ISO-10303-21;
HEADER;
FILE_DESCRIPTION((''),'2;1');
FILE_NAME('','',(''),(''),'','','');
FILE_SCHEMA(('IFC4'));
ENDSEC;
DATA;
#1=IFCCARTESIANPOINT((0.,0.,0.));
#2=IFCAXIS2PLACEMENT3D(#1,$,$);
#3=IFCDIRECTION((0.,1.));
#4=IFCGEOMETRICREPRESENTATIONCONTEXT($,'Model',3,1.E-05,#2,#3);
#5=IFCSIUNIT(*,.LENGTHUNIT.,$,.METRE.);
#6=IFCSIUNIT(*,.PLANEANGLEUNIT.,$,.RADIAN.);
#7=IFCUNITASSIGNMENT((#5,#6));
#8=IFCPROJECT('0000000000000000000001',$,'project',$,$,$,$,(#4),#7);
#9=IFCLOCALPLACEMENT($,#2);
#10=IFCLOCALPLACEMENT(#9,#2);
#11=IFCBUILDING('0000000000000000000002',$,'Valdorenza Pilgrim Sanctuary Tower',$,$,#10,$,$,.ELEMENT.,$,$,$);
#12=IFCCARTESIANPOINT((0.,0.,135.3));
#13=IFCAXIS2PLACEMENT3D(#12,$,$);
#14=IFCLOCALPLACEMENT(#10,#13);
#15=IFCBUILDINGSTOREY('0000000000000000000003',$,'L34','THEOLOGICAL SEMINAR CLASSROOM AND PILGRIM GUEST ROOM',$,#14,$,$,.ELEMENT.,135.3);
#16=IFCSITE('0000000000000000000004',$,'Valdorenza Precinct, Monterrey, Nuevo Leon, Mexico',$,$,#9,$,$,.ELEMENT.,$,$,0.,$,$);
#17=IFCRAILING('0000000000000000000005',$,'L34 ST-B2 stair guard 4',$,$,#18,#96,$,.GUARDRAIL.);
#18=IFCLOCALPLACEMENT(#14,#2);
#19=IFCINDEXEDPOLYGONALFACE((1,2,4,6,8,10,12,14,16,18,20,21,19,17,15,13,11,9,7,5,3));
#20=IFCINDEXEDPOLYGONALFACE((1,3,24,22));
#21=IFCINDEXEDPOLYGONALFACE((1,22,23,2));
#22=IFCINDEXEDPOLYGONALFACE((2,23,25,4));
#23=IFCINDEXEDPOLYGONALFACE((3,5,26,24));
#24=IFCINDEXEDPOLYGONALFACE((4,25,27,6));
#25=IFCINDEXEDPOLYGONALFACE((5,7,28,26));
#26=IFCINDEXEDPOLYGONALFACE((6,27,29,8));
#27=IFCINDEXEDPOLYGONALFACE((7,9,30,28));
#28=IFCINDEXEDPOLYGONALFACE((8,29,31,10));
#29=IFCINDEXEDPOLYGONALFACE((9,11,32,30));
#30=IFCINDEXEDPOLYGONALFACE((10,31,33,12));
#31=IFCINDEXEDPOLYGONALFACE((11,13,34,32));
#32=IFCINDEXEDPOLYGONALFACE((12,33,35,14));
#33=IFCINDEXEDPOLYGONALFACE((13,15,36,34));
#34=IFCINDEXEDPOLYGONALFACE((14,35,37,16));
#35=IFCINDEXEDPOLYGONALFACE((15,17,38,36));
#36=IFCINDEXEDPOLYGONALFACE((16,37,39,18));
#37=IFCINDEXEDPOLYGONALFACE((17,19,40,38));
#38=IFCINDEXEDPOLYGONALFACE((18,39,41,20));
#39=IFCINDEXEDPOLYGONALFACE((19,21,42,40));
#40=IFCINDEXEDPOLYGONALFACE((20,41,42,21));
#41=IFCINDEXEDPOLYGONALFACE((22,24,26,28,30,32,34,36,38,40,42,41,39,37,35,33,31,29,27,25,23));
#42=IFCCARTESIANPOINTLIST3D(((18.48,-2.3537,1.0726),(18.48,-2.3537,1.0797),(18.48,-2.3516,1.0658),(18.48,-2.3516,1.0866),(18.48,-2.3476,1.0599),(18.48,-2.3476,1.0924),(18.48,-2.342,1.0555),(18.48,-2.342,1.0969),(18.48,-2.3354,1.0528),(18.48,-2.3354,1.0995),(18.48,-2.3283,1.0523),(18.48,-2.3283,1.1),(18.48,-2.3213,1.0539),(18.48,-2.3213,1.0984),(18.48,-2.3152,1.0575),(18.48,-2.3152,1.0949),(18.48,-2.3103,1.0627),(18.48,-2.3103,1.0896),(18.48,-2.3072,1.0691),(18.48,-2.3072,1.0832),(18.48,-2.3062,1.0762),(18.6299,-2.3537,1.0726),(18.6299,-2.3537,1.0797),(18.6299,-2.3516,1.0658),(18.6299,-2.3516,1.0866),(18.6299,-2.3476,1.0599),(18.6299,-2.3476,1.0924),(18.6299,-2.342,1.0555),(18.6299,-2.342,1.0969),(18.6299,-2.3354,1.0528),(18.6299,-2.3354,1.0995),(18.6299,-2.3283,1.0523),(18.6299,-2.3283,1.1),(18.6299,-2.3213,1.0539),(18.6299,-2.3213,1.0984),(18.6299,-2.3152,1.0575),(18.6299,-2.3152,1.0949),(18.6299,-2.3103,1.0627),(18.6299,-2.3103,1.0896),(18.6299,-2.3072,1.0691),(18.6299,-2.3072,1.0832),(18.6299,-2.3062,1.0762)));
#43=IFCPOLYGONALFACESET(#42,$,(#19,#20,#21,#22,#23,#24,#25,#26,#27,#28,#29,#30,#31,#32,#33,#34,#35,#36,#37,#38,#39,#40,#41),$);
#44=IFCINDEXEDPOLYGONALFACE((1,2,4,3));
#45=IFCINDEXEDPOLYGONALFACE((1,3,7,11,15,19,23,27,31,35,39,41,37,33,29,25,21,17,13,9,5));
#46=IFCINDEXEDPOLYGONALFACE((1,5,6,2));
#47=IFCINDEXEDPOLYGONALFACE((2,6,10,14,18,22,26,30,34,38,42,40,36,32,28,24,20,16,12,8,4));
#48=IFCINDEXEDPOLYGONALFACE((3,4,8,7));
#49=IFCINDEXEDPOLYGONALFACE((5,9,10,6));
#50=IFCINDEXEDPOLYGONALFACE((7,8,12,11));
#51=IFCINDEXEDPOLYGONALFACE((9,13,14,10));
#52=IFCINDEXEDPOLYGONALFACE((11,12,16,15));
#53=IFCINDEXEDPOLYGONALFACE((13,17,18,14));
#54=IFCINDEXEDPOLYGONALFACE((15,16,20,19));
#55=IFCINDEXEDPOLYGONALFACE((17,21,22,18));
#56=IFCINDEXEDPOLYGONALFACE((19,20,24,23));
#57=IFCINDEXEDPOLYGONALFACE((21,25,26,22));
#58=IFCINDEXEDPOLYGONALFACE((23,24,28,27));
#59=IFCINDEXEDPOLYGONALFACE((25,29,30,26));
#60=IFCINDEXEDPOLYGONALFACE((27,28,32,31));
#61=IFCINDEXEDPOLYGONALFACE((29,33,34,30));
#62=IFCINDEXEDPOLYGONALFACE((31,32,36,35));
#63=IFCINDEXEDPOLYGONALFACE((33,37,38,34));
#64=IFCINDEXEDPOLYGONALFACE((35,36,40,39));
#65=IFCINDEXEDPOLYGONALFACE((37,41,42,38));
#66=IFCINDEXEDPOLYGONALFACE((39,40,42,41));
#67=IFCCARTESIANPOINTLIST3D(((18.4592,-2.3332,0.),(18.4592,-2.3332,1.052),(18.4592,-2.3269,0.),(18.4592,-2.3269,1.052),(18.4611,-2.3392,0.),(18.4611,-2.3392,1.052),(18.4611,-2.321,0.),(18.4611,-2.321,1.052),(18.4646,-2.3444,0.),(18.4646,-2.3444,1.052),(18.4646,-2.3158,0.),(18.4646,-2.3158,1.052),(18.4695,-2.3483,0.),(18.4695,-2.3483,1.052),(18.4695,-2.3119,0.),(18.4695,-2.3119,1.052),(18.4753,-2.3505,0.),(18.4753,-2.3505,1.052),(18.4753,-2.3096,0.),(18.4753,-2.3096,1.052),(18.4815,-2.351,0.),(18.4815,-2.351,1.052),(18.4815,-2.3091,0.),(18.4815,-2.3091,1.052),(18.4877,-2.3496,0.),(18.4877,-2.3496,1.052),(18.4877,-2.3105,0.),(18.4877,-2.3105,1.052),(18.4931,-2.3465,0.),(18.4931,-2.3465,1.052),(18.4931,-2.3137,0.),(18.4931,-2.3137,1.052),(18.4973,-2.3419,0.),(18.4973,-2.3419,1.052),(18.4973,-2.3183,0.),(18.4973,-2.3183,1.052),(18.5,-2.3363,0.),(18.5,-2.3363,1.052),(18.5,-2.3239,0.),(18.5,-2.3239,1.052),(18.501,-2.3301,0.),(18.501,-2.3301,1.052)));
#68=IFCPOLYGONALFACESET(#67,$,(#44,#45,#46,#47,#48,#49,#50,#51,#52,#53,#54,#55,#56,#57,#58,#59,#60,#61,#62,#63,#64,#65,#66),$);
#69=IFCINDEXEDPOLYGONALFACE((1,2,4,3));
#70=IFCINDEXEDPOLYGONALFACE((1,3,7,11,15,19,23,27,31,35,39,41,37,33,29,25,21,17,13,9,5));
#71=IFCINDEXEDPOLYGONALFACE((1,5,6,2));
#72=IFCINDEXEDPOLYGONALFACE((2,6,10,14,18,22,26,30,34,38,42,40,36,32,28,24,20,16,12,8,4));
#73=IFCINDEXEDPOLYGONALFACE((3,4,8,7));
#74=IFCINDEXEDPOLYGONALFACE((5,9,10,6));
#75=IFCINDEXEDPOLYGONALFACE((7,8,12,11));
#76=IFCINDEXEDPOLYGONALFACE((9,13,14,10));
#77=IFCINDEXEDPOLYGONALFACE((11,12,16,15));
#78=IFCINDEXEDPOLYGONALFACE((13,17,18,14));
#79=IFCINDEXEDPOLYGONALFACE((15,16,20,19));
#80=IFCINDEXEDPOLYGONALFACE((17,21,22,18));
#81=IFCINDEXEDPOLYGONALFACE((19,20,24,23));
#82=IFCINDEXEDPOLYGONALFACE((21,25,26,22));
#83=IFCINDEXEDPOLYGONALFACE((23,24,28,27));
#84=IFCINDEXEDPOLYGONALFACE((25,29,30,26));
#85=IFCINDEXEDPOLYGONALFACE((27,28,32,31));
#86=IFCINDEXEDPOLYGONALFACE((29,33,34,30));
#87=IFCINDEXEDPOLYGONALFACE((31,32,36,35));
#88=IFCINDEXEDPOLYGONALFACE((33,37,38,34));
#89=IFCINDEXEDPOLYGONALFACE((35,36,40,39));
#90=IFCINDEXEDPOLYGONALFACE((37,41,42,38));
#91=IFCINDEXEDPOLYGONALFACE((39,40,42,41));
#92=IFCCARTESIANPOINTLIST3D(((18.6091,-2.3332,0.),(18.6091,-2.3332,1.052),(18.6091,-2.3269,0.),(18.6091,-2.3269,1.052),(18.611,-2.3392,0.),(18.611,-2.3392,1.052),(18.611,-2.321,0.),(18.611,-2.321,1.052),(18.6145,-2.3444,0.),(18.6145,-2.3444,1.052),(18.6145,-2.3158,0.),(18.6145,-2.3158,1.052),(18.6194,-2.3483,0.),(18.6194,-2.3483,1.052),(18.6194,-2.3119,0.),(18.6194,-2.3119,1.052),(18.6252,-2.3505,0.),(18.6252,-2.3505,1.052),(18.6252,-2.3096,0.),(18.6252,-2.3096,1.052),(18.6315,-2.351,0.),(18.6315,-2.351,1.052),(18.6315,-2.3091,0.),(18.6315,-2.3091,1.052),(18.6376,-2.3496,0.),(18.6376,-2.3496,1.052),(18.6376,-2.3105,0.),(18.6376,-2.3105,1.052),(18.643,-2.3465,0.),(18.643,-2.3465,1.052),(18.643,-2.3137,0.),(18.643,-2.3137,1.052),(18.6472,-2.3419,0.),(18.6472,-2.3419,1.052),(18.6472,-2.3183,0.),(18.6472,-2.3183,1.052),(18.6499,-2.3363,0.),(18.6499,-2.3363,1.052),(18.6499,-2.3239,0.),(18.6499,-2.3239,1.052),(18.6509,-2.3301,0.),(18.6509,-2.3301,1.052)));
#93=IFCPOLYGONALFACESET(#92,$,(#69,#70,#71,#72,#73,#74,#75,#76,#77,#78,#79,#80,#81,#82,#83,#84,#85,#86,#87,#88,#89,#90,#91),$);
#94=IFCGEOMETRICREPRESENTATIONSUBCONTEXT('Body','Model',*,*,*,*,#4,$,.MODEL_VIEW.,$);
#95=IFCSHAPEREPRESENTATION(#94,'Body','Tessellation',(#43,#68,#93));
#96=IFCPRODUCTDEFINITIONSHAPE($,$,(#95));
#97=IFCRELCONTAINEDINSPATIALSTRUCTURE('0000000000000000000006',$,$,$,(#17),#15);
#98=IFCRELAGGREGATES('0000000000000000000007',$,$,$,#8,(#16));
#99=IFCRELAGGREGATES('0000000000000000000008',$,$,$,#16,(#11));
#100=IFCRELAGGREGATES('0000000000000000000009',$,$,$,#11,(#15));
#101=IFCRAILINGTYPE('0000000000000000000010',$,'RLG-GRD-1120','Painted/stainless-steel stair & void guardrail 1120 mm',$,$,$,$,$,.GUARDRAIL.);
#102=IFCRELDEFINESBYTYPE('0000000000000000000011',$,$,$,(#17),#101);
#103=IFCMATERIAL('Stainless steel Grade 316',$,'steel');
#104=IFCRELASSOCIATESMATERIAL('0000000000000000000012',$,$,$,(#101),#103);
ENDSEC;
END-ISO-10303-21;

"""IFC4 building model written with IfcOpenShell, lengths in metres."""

from ifc_helpers import new_model, si_unit, direction, frame, origin, origin_2d, place, context, subcontext, project, spatial, circle, extrude, material, type_object, element, save


model = new_model("IFC4")

# Units and contexts
model_context = context("Model", 3, precision=1e-05, world=origin(), true_north=direction((0.0, 1.0)))
body_context = subcontext(model_context, "Body", "Model", "MODEL_VIEW")
ifc_project = project(units=[si_unit("LENGTHUNIT", "METRE"), si_unit("PLANEANGLEUNIT", "RADIAN")], contexts=[model_context])

# Site, building, storey
site_placement = place(None, origin())
site = spatial("IfcSite", under=ifc_project, at=site_placement, Name="Valdorenza Precinct, Monterrey, Nuevo Leon, Mexico", CompositionType="ELEMENT", RefElevation=0.0)
building_placement = place(site_placement, origin())
building = spatial("IfcBuilding", under=site, at=building_placement, Name="Valdorenza Pilgrim Sanctuary Tower", CompositionType="ELEMENT")
storey_placement = place(building_placement, frame((0.0, 0.0, 135.3)))
storey = spatial("IfcBuildingStorey", under=building, at=storey_placement, Name="L34", Description="THEOLOGICAL SEMINAR CLASSROOM AND PILGRIM GUEST ROOM", CompositionType="ELEMENT", Elevation=135.3)

# Railing
ifc_material_1 = material(Name="Stainless steel Grade 316", Category="steel")
railing_type_1 = type_object("IfcRailingType", Name="RLG-GRD-1120", Description="Painted/stainless-steel stair & void guardrail 1120 mm", PredefinedType="GUARDRAIL", material=ifc_material_1)
railing_1_placement = place(storey_placement, frame((18.48, -2.3301, 0.0)))
element("IfcRailing", 1, at=railing_1_placement, inside=storey, type_object=railing_type_1, Name="L34 ST-B2 stair guard 4", PredefinedType="GUARDRAIL", context=body_context, shape_type="SweptSolid", body=[
    extrude(circle(Radius=0.0239, at=origin_2d()), frame((0.0, 0.0, 1.0762), z_axis=(1.0, 0.0, 0.0), x_axis=(0.0, 1.0, 0.0)), (0.0, 0.0, 1.0), 0.1499),
    extrude(circle(Radius=0.021, at=origin_2d()), origin(), (0.0, 0.0, 1.0), 1.052),
    extrude(circle(Radius=0.021, at=origin_2d()), frame((0.1499, 0.0, 0.0)), (0.0, 0.0, 1.0), 1.052),
])

save(model, "model.ifc")
